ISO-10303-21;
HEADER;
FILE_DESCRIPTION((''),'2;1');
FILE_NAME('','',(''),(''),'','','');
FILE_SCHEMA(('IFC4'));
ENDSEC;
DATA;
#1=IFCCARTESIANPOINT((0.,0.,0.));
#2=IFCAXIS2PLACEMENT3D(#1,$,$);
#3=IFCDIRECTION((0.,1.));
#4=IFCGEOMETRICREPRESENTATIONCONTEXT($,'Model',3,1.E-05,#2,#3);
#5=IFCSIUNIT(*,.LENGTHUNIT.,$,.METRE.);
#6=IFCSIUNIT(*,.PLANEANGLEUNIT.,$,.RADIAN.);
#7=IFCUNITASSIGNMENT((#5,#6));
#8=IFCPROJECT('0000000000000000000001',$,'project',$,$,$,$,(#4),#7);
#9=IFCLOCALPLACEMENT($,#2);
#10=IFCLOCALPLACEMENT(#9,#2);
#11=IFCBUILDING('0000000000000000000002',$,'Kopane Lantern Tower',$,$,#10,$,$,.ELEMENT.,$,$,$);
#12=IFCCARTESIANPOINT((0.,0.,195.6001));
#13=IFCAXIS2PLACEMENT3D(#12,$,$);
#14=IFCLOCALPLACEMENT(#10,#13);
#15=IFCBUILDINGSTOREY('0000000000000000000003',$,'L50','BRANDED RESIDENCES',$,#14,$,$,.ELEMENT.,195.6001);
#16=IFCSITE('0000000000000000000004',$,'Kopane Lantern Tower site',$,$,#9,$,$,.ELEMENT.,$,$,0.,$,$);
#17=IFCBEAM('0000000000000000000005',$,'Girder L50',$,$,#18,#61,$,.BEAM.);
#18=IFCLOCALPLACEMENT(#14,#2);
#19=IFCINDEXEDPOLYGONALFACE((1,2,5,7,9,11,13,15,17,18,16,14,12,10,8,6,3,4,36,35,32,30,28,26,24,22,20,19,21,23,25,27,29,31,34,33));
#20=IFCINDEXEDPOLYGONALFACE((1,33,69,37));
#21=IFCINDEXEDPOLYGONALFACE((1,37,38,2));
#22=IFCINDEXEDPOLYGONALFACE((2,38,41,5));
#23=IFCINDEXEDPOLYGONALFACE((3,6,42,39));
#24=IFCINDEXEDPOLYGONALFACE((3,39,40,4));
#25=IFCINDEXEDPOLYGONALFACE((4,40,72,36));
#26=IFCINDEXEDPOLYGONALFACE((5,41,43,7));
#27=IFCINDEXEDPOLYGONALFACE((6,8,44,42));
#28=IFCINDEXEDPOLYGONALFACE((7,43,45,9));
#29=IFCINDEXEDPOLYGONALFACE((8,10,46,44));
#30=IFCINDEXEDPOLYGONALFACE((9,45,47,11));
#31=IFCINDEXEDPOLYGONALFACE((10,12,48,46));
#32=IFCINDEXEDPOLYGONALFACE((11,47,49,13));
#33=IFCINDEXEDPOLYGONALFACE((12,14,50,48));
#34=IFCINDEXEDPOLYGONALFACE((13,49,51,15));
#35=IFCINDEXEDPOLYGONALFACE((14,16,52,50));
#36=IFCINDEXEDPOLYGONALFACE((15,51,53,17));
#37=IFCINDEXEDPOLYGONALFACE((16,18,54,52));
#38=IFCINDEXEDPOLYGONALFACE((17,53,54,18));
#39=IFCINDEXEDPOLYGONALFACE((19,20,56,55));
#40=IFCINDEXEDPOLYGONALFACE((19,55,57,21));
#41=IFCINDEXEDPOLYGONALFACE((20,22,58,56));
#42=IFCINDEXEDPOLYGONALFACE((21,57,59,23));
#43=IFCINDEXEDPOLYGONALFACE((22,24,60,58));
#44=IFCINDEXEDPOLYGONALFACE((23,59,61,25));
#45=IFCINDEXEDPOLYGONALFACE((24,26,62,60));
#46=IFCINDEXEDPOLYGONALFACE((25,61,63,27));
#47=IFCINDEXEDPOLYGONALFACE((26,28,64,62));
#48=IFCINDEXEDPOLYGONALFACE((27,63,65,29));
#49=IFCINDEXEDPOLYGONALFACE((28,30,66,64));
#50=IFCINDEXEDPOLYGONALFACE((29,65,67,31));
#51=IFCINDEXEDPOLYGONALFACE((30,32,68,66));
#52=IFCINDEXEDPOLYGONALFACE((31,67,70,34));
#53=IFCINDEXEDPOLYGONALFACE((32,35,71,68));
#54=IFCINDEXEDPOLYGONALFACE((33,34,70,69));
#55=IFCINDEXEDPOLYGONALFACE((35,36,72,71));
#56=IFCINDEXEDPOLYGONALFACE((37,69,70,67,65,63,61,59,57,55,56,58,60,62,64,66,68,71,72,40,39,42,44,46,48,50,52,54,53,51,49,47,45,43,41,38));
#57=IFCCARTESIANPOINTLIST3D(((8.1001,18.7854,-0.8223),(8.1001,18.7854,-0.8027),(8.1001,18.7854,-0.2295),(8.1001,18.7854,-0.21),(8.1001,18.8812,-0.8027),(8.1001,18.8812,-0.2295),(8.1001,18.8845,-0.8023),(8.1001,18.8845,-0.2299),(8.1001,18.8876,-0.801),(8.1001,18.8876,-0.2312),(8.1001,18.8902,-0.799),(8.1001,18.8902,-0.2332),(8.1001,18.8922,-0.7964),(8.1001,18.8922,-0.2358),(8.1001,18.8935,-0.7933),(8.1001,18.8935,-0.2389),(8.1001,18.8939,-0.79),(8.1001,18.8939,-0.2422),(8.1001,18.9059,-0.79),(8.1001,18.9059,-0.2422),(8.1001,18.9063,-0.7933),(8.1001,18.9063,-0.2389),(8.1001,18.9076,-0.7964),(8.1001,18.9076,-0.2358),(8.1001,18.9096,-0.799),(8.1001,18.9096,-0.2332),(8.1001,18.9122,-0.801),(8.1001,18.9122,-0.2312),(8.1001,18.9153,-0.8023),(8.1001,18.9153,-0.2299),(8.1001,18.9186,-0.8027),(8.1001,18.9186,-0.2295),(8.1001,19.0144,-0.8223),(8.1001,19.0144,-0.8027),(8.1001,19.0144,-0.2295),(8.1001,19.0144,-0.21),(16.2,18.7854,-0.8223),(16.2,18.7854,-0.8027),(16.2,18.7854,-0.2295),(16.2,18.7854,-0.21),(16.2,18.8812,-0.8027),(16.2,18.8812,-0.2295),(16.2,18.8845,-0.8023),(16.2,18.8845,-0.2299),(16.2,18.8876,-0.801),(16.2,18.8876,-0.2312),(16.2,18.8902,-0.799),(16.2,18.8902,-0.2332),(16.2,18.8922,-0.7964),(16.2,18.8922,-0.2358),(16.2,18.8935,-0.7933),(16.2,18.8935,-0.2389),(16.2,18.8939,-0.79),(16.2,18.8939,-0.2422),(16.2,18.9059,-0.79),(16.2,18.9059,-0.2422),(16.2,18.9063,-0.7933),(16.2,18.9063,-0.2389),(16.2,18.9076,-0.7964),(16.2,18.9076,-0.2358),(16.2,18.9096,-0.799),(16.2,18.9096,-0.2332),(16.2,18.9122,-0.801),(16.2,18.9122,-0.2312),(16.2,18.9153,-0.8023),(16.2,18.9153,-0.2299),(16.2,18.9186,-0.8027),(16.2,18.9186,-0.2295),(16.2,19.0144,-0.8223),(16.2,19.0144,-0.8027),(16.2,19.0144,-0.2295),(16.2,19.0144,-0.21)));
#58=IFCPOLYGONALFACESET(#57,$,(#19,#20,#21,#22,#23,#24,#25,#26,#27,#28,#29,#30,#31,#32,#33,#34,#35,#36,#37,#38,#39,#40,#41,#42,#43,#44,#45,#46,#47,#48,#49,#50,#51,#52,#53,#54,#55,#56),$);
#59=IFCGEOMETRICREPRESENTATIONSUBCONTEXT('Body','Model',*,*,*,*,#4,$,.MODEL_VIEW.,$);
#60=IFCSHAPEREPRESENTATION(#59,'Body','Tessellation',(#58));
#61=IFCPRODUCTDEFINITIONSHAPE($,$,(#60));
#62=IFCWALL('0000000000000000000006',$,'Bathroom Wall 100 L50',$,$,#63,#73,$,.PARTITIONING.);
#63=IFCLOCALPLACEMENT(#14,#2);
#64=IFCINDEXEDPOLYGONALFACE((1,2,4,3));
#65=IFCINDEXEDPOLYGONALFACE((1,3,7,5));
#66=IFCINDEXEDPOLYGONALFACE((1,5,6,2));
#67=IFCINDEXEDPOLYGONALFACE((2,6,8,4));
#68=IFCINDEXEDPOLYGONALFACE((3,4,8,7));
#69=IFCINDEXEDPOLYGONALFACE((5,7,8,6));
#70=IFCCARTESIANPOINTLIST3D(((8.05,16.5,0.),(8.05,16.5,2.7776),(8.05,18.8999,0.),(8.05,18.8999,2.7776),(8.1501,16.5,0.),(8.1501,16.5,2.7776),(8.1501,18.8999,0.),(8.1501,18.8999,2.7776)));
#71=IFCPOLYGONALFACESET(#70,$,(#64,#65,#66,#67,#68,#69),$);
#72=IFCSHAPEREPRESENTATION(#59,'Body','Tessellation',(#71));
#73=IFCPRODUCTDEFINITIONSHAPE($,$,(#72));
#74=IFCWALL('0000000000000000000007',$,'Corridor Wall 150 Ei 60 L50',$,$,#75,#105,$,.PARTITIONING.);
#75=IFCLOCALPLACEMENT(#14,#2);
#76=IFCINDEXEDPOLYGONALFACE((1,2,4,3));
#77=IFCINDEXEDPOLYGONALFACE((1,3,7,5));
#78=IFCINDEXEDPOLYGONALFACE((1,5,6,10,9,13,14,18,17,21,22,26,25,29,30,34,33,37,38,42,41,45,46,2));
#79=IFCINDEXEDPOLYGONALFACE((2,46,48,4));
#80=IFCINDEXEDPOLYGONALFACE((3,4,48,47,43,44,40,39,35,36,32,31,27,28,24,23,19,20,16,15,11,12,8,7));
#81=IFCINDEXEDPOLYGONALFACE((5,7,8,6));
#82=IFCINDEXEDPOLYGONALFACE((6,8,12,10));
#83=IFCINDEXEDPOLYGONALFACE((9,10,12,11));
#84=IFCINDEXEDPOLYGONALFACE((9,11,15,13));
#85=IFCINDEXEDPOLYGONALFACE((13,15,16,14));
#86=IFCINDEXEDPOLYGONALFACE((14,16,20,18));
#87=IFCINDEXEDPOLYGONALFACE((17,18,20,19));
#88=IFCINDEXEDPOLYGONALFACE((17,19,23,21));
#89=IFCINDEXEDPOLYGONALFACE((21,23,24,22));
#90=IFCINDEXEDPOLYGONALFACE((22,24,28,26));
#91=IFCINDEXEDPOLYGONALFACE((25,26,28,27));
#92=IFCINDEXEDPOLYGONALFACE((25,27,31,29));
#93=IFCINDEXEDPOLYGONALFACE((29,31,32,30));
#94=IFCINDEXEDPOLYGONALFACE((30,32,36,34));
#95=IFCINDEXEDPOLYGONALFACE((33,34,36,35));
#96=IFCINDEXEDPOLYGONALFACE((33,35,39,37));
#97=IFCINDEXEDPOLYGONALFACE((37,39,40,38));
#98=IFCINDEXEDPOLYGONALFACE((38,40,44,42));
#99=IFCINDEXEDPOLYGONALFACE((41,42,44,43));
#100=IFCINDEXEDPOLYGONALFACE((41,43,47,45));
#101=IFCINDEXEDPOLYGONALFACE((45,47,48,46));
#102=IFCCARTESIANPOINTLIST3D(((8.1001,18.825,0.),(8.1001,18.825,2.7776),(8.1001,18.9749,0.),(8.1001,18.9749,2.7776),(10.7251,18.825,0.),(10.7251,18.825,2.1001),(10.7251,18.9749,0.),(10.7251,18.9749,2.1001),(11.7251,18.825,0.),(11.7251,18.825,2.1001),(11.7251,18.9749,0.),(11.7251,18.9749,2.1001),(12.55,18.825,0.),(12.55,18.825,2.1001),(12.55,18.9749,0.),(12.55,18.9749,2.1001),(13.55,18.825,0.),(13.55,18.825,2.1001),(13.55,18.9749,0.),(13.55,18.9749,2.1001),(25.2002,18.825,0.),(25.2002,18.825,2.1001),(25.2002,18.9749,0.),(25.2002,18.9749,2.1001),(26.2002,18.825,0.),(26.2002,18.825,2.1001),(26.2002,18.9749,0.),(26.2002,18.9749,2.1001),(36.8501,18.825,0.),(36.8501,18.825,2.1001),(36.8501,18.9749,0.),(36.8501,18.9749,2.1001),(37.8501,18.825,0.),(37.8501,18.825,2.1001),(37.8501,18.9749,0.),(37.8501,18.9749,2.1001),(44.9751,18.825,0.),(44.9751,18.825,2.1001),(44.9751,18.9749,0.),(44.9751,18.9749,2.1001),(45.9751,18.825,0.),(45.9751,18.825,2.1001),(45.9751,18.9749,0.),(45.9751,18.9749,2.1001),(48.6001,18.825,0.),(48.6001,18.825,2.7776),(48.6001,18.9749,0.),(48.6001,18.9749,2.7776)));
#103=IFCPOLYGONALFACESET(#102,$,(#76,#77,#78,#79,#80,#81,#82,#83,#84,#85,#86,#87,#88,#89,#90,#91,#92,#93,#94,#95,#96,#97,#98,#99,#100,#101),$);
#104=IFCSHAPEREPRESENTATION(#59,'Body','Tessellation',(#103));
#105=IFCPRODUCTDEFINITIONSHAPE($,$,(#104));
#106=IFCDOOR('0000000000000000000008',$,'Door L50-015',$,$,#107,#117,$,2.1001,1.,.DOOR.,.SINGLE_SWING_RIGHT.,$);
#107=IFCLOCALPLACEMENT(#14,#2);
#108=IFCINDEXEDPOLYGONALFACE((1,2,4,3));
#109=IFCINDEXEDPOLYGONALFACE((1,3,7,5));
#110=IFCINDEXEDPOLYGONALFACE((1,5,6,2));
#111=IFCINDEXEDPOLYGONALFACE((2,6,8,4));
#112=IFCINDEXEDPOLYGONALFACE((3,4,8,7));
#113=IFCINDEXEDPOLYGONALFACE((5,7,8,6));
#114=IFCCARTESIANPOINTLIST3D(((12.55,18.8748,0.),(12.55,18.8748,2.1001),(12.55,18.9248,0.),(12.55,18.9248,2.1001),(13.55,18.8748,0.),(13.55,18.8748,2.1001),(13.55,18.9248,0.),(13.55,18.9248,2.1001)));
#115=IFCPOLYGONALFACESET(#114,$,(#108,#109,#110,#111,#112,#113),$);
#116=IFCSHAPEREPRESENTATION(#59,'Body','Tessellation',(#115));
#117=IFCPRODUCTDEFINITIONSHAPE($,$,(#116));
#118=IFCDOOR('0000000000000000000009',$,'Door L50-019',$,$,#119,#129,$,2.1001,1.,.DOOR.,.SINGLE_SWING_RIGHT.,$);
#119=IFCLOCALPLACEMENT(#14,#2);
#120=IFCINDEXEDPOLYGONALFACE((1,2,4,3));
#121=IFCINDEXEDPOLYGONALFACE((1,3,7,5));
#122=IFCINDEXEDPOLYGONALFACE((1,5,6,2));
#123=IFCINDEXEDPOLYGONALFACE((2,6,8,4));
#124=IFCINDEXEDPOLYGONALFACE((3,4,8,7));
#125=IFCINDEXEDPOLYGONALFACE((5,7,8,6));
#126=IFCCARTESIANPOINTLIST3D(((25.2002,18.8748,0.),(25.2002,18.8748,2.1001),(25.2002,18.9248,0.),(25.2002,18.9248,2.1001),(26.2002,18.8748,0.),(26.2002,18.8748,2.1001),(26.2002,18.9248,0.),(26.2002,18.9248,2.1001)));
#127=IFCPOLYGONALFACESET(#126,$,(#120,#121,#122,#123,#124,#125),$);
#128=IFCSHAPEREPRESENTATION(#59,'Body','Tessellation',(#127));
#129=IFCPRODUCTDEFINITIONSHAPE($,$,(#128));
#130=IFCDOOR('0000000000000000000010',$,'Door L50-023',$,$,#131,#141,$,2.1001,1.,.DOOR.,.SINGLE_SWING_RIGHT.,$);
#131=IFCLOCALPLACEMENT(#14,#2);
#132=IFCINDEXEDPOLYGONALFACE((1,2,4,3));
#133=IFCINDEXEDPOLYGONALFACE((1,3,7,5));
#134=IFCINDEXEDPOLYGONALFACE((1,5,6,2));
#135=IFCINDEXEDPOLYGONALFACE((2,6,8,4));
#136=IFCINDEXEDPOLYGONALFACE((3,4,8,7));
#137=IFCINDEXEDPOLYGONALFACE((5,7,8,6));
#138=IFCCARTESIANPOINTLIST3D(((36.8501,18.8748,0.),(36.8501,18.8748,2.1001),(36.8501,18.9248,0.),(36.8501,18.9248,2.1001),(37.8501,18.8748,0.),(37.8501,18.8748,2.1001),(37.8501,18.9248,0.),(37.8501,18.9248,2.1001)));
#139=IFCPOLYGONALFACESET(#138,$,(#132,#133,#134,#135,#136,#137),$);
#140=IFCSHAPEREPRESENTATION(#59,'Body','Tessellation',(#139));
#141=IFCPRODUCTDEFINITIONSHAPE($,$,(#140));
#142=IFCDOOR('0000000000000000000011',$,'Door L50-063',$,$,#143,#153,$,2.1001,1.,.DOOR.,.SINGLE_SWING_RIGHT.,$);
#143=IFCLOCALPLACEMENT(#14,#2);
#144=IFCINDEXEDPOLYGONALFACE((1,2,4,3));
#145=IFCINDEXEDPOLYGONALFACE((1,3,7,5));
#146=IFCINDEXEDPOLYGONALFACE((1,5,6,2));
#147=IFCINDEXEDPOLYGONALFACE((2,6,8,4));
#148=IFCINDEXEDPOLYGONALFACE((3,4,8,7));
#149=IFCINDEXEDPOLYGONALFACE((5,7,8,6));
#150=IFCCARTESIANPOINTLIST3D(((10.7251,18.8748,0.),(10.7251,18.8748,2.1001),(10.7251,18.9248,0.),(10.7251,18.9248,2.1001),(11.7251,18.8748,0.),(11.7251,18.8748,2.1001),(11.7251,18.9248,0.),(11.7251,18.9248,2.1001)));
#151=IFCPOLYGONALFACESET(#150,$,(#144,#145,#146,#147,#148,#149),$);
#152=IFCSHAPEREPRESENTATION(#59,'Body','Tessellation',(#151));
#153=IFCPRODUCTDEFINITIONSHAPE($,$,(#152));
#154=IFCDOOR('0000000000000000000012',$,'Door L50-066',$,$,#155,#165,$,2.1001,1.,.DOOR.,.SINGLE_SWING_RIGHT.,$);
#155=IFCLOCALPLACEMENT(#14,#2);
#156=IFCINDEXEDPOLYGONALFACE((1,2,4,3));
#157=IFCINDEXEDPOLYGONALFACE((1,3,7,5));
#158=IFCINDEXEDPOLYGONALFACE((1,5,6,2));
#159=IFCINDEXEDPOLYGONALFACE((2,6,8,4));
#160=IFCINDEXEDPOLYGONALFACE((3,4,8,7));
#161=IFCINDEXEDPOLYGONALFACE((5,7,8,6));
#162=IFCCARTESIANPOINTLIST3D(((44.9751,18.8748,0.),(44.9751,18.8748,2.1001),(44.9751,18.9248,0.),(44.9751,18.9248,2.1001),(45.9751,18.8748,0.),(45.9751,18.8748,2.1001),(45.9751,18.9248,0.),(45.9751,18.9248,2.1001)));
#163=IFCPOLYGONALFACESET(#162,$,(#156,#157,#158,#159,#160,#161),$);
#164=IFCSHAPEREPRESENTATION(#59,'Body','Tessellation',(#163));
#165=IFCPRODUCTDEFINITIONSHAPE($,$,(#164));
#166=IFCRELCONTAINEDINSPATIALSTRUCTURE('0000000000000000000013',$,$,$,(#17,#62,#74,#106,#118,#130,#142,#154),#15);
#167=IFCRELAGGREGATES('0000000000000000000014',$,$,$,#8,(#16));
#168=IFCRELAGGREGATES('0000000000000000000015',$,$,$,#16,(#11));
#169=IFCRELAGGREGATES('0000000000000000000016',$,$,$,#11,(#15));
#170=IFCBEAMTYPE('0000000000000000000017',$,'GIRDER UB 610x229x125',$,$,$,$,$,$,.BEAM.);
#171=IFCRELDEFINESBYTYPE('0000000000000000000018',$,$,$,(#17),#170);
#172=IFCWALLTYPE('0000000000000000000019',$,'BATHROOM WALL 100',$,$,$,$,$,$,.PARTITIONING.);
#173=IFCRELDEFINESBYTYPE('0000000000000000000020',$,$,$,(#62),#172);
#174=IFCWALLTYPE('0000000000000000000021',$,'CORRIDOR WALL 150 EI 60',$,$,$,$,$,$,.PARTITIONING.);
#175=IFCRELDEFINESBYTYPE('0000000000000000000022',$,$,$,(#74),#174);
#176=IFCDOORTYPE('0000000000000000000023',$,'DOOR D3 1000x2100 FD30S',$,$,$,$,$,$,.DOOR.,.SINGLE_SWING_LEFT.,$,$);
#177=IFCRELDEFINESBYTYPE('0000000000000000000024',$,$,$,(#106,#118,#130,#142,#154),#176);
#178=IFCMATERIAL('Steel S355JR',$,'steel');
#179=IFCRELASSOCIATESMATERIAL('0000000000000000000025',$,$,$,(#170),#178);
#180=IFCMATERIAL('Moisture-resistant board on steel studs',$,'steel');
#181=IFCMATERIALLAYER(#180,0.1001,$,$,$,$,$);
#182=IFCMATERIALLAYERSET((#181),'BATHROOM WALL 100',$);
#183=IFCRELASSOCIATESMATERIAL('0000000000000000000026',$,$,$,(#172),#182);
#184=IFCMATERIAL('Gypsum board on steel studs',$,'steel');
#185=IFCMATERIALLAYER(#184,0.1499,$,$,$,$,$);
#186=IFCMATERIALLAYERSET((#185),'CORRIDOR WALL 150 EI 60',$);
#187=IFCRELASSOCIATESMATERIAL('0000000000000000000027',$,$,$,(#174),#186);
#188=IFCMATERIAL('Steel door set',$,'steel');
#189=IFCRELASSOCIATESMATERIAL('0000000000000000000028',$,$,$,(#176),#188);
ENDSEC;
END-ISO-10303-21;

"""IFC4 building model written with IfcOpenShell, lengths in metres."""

from ifc_helpers import new_model, si_unit, direction, frame, frame_2d, origin, origin_2d, place, context, subcontext, project, spatial, rectangle, i_section, extrude, material, layer, layer_set, material_profile, profile_set, type_object, element, fill, save


model = new_model("IFC4")

# Units and contexts
model_context = context("Model", 3, precision=1e-05, world=origin(), true_north=direction((0.0, 1.0)))
body_context = subcontext(model_context, "Body", "Model", "MODEL_VIEW")
ifc_project = project(units=[si_unit("LENGTHUNIT", "METRE"), si_unit("PLANEANGLEUNIT", "RADIAN")], contexts=[model_context])

# Site, building, storey
site_placement = place(None, origin())
site = spatial("IfcSite", under=ifc_project, at=site_placement, Name="Kopane Lantern Tower site", CompositionType="ELEMENT", RefElevation=0.0)
building_placement = place(site_placement, origin())
building = spatial("IfcBuilding", under=site, at=building_placement, Name="Kopane Lantern Tower", CompositionType="ELEMENT")
storey_placement = place(building_placement, frame((0.0, 0.0, 195.6001)))
storey = spatial("IfcBuildingStorey", under=building, at=storey_placement, Name="L50", Description="BRANDED RESIDENCES", CompositionType="ELEMENT", Elevation=195.6001)

# Beam
ifc_material_1 = material(Name="Steel S355JR", Category="steel")
ifc_material_profile = material_profile(ifc_material_1, i_section(OverallWidth=0.229, OverallDepth=0.6123, WebThickness=0.012, FlangeThickness=0.0195, FilletRadius=0.0127, at=origin_2d()), Name="UB 610x229x125")
ifc_profile_set = profile_set([ifc_material_profile], Name="Steel S355JR")
beam_type = type_object("IfcBeamType", Name="GIRDER UB 610x229x125", PredefinedType="BEAM", material=ifc_profile_set)
beam_placement = place(storey_placement, frame((8.1001, 18.8999, -0.5161), z_axis=(1.0, 0.0, 0.0), x_axis=(0.0, 1.0, 0.0)))
element("IfcBeam", 1, at=beam_placement, inside=storey, type_object=beam_type, Name="Girder L50", PredefinedType="BEAM", context=body_context, shape_type="SweptSolid", body=[
    extrude(i_section(OverallWidth=0.229, OverallDepth=0.6123, WebThickness=0.012, FlangeThickness=0.0195, FilletRadius=0.0127, at=origin_2d()), origin(), (0.0, 0.0, 1.0), 8.0999),
])

# Wall
ifc_material_2 = material(Name="Moisture-resistant board on steel studs", Category="steel")
ifc_layer_1 = layer(ifc_material_2, 0.1001)
ifc_layer_set_1 = layer_set([ifc_layer_1], Name="BATHROOM WALL 100")
wall_type_1 = type_object("IfcWallType", Name="BATHROOM WALL 100", PredefinedType="PARTITIONING", material=ifc_layer_set_1)
wall_1_placement = place(storey_placement, frame((8.1001, 18.8999, 0.0), z_axis=(0.0, 0.0, 1.0), x_axis=(0.0, -1.0, 0.0)))
element("IfcWall", 2, at=wall_1_placement, inside=storey, type_object=wall_type_1, Name="Bathroom Wall 100 L50", PredefinedType="PARTITIONING", context=body_context, shape_type="SweptSolid", body=[
    extrude(rectangle(XDim=2.3999, YDim=0.1001, at=frame_2d((1.2, 0.0))), origin(), (0.0, 0.0, 1.0), 2.7776),
])

# Wall, openings, doors
ifc_material_3 = material(Name="Gypsum board on steel studs", Category="steel")
ifc_layer_2 = layer(ifc_material_3, 0.1499)
ifc_layer_set_2 = layer_set([ifc_layer_2], Name="CORRIDOR WALL 150 EI 60")
wall_type_2 = type_object("IfcWallType", Name="CORRIDOR WALL 150 EI 60", PredefinedType="PARTITIONING", material=ifc_layer_set_2)
wall_2_placement = place(storey_placement, frame((8.1001, 18.8999, 0.0), z_axis=(0.0, 0.0, 1.0), x_axis=(1.0, 0.0, 0.0)))
wall_2 = element("IfcWall", 3, at=wall_2_placement, inside=storey, type_object=wall_type_2, Name="Corridor Wall 150 Ei 60 L50", PredefinedType="PARTITIONING", context=body_context, shape_type="SweptSolid", body=[
    extrude(rectangle(XDim=40.5, YDim=0.1499, at=frame_2d((20.25, 0.0))), origin(), (0.0, 0.0, 1.0), 2.7776),
])
opening_1_placement = place(wall_2_placement, frame((4.45, 0.0, 0.0)))
opening_1 = element("IfcOpeningElement", 4, at=opening_1_placement, cuts=wall_2, PredefinedType="OPENING", context=body_context, shape_type="SweptSolid", body=[
    extrude(rectangle(XDim=1.0, YDim=2.1001, at=frame_2d((0.5, 1.05))), frame((0.0, 0.085, 0.0), z_axis=(0.0, -1.0, 0.0), x_axis=(1.0, 0.0, 0.0)), (0.0, 0.0, 1.0), 0.1699),
])
opening_2_placement = place(wall_2_placement, frame((17.1001, 0.0, 0.0)))
opening_2 = element("IfcOpeningElement", 5, at=opening_2_placement, cuts=wall_2, PredefinedType="OPENING", context=body_context, shape_type="SweptSolid", body=[
    extrude(rectangle(XDim=1.0, YDim=2.1001, at=frame_2d((0.5, 1.05))), frame((0.0, 0.085, 0.0), z_axis=(0.0, -1.0, 0.0), x_axis=(1.0, 0.0, 0.0)), (0.0, 0.0, 1.0), 0.1699),
])
opening_3_placement = place(wall_2_placement, frame((28.75, 0.0, 0.0)))
opening_3 = element("IfcOpeningElement", 6, at=opening_3_placement, cuts=wall_2, PredefinedType="OPENING", context=body_context, shape_type="SweptSolid", body=[
    extrude(rectangle(XDim=1.0, YDim=2.1001, at=frame_2d((0.5, 1.05))), frame((0.0, 0.085, 0.0), z_axis=(0.0, -1.0, 0.0), x_axis=(1.0, 0.0, 0.0)), (0.0, 0.0, 1.0), 0.1699),
])
opening_4_placement = place(wall_2_placement, frame((2.625, 0.0, 0.0)))
opening_4 = element("IfcOpeningElement", 7, at=opening_4_placement, cuts=wall_2, PredefinedType="OPENING", context=body_context, shape_type="SweptSolid", body=[
    extrude(rectangle(XDim=1.0, YDim=2.1001, at=frame_2d((0.5, 1.05))), frame((0.0, 0.085, 0.0), z_axis=(0.0, -1.0, 0.0), x_axis=(1.0, 0.0, 0.0)), (0.0, 0.0, 1.0), 0.1699),
])
opening_5_placement = place(wall_2_placement, frame((36.875, 0.0, 0.0)))
opening_5 = element("IfcOpeningElement", 8, at=opening_5_placement, cuts=wall_2, PredefinedType="OPENING", context=body_context, shape_type="SweptSolid", body=[
    extrude(rectangle(XDim=1.0, YDim=2.1001, at=frame_2d((0.5, 1.05))), frame((0.0, 0.085, 0.0), z_axis=(0.0, -1.0, 0.0), x_axis=(1.0, 0.0, 0.0)), (0.0, 0.0, 1.0), 0.1699),
])
ifc_material_4 = material(Name="Steel door set", Category="steel")
door_type = type_object("IfcDoorType", Name="DOOR D3 1000x2100 FD30S", OperationType="SINGLE_SWING_LEFT", PredefinedType="DOOR", material=ifc_material_4)
door_1_placement = place(opening_1_placement, origin())
door_1 = element("IfcDoor", 9, at=door_1_placement, inside=storey, type_object=door_type, Name="Door L50-015", OperationType="SINGLE_SWING_RIGHT", OverallHeight=2.1001, OverallWidth=1.0, PredefinedType="DOOR", context=body_context, shape_type="SweptSolid", body=[
    extrude(rectangle(XDim=1.0, YDim=2.1001, at=frame_2d((0.5, 1.05))), frame((0.0, 0.0249, 0.0), z_axis=(0.0, -1.0, 0.0), x_axis=(1.0, 0.0, 0.0)), (0.0, 0.0, 1.0), 0.05),
])
fill(opening_1, door_1)
door_2_placement = place(opening_2_placement, origin())
door_2 = element("IfcDoor", 10, at=door_2_placement, inside=storey, type_object=door_type, Name="Door L50-019", OperationType="SINGLE_SWING_RIGHT", OverallHeight=2.1001, OverallWidth=1.0, PredefinedType="DOOR", context=body_context, shape_type="SweptSolid", body=[
    extrude(rectangle(XDim=1.0, YDim=2.1001, at=frame_2d((0.5, 1.05))), frame((0.0, 0.0249, 0.0), z_axis=(0.0, -1.0, 0.0), x_axis=(1.0, 0.0, 0.0)), (0.0, 0.0, 1.0), 0.05),
])
fill(opening_2, door_2)
door_3_placement = place(opening_3_placement, origin())
door_3 = element("IfcDoor", 11, at=door_3_placement, inside=storey, type_object=door_type, Name="Door L50-023", OperationType="SINGLE_SWING_RIGHT", OverallHeight=2.1001, OverallWidth=1.0, PredefinedType="DOOR", context=body_context, shape_type="SweptSolid", body=[
    extrude(rectangle(XDim=1.0, YDim=2.1001, at=frame_2d((0.5, 1.05))), frame((0.0, 0.0249, 0.0), z_axis=(0.0, -1.0, 0.0), x_axis=(1.0, 0.0, 0.0)), (0.0, 0.0, 1.0), 0.05),
])
fill(opening_3, door_3)
door_4_placement = place(opening_4_placement, origin())
door_4 = element("IfcDoor", 12, at=door_4_placement, inside=storey, type_object=door_type, Name="Door L50-063", OperationType="SINGLE_SWING_RIGHT", OverallHeight=2.1001, OverallWidth=1.0, PredefinedType="DOOR", context=body_context, shape_type="SweptSolid", body=[
    extrude(rectangle(XDim=1.0, YDim=2.1001, at=frame_2d((0.5, 1.05))), frame((0.0, 0.0249, 0.0), z_axis=(0.0, -1.0, 0.0), x_axis=(1.0, 0.0, 0.0)), (0.0, 0.0, 1.0), 0.05),
])
fill(opening_4, door_4)
door_5_placement = place(opening_5_placement, origin())
door_5 = element("IfcDoor", 13, at=door_5_placement, inside=storey, type_object=door_type, Name="Door L50-066", OperationType="SINGLE_SWING_RIGHT", OverallHeight=2.1001, OverallWidth=1.0, PredefinedType="DOOR", context=body_context, shape_type="SweptSolid", body=[
    extrude(rectangle(XDim=1.0, YDim=2.1001, at=frame_2d((0.5, 1.05))), frame((0.0, 0.0249, 0.0), z_axis=(0.0, -1.0, 0.0), x_axis=(1.0, 0.0, 0.0)), (0.0, 0.0, 1.0), 0.05),
])
fill(opening_5, door_5)

save(model, "model.ifc")
